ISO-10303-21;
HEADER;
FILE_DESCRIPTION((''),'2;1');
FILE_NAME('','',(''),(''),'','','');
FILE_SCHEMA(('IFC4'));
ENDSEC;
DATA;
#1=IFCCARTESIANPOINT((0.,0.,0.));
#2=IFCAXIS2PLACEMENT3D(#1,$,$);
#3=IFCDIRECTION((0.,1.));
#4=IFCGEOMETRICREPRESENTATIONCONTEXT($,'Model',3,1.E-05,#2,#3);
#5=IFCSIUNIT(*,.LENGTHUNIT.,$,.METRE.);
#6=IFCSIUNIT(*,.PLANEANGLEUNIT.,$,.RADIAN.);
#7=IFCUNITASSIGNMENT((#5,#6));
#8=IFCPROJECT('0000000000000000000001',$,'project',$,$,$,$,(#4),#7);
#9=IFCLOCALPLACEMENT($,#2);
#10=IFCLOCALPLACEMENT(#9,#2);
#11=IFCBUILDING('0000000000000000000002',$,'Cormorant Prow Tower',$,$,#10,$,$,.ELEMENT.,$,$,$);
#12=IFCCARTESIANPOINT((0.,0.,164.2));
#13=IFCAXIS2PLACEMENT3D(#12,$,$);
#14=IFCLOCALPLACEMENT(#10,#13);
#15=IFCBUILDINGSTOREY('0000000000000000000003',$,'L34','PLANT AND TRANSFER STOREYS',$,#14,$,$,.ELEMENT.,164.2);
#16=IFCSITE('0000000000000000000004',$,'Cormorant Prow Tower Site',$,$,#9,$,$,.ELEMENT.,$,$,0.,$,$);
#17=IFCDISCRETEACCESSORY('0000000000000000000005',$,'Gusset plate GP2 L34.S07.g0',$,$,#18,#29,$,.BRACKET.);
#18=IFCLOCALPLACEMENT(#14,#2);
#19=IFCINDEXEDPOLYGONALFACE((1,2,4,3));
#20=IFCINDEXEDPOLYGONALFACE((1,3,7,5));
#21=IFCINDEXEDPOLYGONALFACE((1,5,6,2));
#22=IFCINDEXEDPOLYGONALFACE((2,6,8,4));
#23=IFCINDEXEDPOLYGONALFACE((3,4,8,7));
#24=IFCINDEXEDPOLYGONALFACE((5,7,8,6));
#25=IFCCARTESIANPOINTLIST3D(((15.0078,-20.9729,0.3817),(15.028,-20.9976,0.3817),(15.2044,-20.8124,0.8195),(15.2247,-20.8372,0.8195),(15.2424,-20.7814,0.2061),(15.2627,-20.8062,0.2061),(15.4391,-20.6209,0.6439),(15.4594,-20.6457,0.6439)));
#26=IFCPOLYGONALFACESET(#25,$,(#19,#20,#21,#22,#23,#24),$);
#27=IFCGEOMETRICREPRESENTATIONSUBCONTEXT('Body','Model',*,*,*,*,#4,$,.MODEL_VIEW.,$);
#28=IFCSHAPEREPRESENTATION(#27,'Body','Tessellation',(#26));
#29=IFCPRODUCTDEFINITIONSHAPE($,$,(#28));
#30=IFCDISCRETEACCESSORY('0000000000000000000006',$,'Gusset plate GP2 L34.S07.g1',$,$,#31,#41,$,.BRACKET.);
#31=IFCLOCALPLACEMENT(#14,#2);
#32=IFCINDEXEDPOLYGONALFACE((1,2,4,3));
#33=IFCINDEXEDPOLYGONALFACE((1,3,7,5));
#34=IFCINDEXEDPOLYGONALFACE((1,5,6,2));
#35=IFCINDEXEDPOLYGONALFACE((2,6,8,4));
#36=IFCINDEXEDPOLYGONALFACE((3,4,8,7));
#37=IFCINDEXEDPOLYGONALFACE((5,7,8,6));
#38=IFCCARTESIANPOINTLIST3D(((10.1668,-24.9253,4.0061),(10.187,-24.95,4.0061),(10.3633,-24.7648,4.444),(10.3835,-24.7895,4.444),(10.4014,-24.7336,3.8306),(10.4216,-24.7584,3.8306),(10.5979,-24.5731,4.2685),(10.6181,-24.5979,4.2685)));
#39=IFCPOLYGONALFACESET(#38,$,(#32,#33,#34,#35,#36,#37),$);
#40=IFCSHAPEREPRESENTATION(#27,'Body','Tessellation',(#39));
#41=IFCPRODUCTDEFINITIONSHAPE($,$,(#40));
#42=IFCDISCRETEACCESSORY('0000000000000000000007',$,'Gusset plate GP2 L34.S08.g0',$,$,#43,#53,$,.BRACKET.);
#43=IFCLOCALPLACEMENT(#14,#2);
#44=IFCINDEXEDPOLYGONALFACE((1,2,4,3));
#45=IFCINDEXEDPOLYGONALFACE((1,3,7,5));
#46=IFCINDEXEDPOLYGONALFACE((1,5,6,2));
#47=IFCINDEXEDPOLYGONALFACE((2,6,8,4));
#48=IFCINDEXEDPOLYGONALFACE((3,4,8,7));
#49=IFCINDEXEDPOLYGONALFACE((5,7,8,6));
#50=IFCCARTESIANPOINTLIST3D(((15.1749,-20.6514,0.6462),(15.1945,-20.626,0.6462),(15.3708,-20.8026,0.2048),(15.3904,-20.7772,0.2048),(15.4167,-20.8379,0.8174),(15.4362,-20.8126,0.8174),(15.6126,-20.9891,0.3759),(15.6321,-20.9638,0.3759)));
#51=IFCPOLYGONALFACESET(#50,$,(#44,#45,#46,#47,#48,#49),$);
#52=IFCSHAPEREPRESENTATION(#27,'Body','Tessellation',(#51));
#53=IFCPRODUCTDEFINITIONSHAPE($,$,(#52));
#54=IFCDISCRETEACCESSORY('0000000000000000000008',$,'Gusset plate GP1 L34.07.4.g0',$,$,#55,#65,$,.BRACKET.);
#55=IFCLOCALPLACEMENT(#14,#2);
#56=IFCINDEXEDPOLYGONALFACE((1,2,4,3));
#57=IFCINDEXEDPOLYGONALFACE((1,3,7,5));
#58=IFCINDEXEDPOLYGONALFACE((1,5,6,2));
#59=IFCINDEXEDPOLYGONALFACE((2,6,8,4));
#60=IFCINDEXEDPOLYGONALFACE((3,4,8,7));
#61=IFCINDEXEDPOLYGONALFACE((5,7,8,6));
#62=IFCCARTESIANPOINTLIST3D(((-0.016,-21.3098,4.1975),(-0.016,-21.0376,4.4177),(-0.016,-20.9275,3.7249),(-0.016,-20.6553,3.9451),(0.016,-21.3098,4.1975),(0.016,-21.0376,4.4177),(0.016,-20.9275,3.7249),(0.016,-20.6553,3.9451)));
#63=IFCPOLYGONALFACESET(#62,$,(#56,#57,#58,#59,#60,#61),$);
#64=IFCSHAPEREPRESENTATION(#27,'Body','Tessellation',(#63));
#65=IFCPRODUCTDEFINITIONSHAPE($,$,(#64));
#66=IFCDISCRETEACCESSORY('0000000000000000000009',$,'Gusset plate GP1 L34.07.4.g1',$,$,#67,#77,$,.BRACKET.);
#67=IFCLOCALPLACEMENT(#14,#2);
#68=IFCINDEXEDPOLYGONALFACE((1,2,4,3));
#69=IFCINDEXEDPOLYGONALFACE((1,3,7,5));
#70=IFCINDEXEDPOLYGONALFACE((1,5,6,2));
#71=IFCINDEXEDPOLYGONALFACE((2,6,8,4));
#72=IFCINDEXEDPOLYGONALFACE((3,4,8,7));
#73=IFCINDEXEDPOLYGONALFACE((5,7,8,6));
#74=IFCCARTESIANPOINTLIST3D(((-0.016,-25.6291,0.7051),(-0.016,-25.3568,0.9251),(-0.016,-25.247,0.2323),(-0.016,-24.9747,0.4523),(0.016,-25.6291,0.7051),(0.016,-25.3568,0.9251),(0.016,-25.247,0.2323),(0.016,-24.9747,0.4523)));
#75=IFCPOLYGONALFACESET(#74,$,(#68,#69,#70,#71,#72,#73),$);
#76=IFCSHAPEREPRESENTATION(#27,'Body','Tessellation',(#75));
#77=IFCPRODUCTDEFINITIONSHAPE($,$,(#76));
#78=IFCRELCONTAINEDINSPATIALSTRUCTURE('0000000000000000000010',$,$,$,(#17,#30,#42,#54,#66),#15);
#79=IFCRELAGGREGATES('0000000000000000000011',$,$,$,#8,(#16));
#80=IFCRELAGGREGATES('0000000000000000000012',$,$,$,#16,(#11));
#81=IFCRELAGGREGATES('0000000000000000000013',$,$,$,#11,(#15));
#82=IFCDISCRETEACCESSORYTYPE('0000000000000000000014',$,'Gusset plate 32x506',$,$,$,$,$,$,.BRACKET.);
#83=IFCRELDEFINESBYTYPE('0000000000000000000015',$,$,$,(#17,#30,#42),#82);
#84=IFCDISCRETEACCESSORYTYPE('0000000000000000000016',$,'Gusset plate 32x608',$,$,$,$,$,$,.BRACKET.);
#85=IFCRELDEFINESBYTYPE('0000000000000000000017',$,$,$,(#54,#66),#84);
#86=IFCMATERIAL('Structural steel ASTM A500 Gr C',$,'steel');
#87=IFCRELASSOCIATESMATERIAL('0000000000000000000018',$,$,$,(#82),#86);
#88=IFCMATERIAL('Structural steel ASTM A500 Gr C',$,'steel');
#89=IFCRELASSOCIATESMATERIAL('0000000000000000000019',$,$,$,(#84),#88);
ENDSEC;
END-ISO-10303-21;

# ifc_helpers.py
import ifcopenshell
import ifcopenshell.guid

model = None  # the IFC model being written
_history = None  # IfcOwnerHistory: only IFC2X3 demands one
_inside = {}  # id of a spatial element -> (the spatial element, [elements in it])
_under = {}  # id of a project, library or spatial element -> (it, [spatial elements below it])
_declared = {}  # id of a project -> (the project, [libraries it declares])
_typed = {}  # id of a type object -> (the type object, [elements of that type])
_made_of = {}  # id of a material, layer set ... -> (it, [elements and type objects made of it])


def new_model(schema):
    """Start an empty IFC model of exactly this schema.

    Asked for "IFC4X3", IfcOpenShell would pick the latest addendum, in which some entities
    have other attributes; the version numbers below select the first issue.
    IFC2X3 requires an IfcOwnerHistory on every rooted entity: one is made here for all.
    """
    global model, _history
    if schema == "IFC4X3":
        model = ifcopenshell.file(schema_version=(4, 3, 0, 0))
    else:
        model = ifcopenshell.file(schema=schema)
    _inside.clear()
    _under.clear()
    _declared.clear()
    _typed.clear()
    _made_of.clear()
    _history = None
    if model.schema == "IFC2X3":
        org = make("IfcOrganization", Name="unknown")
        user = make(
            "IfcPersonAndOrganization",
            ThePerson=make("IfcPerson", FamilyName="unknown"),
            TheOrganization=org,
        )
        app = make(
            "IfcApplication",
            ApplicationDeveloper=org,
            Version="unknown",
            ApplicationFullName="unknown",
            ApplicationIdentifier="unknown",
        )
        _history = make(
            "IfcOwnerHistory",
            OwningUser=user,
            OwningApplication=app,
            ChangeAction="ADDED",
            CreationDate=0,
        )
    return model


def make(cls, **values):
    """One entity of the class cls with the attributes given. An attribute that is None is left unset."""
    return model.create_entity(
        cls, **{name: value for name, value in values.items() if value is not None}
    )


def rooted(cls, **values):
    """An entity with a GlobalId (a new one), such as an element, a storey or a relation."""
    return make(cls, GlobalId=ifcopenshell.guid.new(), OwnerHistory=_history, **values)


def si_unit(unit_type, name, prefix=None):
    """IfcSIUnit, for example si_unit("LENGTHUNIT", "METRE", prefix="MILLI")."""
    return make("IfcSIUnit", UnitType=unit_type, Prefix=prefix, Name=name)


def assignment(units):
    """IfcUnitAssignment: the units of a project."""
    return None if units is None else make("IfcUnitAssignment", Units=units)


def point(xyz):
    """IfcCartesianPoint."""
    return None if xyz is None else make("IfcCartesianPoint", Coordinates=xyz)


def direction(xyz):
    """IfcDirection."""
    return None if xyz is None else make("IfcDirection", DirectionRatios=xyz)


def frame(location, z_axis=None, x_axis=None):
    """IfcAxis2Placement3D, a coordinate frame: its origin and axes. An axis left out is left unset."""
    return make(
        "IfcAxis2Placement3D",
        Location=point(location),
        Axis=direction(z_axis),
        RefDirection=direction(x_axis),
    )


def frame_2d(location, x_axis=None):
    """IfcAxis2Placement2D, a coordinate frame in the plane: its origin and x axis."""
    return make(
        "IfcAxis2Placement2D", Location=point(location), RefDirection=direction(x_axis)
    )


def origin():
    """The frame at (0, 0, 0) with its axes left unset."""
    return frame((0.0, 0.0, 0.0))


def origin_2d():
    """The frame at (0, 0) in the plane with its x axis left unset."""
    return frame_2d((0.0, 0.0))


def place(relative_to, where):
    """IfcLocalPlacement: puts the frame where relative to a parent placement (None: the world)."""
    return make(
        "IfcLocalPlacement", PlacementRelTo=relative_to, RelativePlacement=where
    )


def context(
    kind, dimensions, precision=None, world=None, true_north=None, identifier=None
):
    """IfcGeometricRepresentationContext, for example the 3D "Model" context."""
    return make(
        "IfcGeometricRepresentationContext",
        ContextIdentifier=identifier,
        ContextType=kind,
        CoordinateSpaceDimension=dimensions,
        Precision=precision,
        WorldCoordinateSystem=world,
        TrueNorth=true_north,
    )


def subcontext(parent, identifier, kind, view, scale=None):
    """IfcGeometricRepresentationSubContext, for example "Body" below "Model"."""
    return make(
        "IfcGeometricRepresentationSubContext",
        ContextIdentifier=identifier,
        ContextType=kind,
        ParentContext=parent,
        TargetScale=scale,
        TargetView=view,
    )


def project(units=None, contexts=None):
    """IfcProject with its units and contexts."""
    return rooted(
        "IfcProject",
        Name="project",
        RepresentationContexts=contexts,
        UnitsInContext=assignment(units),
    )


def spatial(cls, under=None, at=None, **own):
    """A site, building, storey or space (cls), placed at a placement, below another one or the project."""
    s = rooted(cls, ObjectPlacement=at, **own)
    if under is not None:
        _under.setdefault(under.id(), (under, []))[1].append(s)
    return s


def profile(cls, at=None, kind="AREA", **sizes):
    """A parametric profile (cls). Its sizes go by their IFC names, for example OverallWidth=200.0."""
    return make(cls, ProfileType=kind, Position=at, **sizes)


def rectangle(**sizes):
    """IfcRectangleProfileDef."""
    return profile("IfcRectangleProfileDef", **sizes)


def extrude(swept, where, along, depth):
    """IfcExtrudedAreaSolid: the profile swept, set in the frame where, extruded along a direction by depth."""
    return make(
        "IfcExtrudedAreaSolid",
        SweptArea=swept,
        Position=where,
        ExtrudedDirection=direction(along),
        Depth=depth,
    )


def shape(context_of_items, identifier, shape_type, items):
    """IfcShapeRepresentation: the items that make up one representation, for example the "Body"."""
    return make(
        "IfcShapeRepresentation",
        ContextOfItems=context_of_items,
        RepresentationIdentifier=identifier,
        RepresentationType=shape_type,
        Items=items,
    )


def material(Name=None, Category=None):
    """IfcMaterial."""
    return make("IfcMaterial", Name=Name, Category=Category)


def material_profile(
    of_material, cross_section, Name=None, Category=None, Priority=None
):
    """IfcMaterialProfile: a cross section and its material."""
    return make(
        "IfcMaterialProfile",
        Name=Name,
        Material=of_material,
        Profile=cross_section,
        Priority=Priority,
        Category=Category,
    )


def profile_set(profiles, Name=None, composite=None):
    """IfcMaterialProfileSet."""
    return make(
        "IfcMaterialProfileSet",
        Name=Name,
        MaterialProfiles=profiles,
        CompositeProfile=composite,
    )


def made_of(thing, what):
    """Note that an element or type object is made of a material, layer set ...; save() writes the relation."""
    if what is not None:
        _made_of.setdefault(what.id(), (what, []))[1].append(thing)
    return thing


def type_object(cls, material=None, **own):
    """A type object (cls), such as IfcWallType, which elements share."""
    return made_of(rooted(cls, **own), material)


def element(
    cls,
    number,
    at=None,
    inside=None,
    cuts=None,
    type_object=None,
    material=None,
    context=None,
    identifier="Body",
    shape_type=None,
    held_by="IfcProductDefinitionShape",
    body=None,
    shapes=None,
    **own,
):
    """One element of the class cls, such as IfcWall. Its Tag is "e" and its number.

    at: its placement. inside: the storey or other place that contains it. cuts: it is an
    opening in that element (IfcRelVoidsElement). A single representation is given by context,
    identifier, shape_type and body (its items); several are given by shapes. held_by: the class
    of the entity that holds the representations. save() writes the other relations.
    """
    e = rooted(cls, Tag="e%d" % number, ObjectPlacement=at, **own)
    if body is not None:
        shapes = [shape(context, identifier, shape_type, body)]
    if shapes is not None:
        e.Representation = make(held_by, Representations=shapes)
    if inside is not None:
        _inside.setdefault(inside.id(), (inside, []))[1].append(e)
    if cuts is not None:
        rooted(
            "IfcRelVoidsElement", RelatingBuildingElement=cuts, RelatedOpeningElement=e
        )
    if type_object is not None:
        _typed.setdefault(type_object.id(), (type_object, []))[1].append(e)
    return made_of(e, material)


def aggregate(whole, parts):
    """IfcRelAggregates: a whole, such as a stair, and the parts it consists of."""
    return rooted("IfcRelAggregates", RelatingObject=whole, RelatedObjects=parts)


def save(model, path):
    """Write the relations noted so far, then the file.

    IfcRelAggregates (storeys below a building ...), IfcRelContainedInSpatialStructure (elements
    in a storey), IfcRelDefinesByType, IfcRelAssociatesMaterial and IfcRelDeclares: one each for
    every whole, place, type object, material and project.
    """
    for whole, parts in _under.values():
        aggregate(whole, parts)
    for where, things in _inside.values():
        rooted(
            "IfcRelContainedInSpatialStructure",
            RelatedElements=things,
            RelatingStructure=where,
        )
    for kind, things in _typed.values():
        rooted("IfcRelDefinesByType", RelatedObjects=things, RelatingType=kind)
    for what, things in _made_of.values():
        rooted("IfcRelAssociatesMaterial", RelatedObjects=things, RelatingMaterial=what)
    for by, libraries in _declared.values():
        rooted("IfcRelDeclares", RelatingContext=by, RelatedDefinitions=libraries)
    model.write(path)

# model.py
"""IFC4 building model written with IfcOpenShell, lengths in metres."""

from ifc_helpers import new_model, si_unit, direction, frame, origin, origin_2d, place, context, subcontext, project, spatial, rectangle, extrude, material, material_profile, profile_set, type_object, element, save


model = new_model("IFC4")

# Units and contexts
model_context = context("Model", 3, precision=1e-05, world=origin(), true_north=direction((0.0, 1.0)))
body_context = subcontext(model_context, "Body", "Model", "MODEL_VIEW")
ifc_project = project(units=[si_unit("LENGTHUNIT", "METRE"), si_unit("PLANEANGLEUNIT", "RADIAN")], contexts=[model_context])

# Site, building, storey
site_placement = place(None, origin())
site = spatial("IfcSite", under=ifc_project, at=site_placement, Name="Cormorant Prow Tower Site", CompositionType="ELEMENT", RefElevation=0.0)
building_placement = place(site_placement, origin())
building = spatial("IfcBuilding", under=site, at=building_placement, Name="Cormorant Prow Tower", CompositionType="ELEMENT")
storey_placement = place(building_placement, frame((0.0, 0.0, 164.2)))
storey = spatial("IfcBuildingStorey", under=building, at=storey_placement, Name="L34", Description="PLANT AND TRANSFER STOREYS", CompositionType="ELEMENT", Elevation=164.2)

# Discrete accessories
ifc_material_1 = material(Name="Structural steel ASTM A500 Gr C", Category="steel")
ifc_material_profile_1 = material_profile(ifc_material_1, rectangle(XDim=0.032, YDim=0.5061, at=origin_2d()), Name="Gusset plate 32x506")
ifc_profile_set_1 = profile_set([ifc_material_profile_1], Name="Structural steel ASTM A500 Gr C")
discrete_accessory_type_1 = type_object("IfcDiscreteAccessoryType", Name="Gusset plate 32x506", PredefinedType="BRACKET", material=ifc_profile_set_1)
for number, where, z_axis, x_axis, name in (
    (1, (15.1162, -20.905, 0.6006), (0.670352, 0.546884, -0.501543), (-0.632139, 0.774855, 0.0), "Gusset plate GP2 L34.S07.g0"),
    (2, (10.5098, -24.6658, 4.0496), (-0.670096, -0.547373, 0.501352), (0.632623, -0.77446, 0.0), "Gusset plate GP2 L34.S07.g1"),
    (3, (15.5244, -20.9009, 0.5967), (-0.690571, 0.532926, -0.48898), (-0.610947, -0.791672, 0.0), "Gusset plate GP2 L34.S08.g0"),
):
    element("IfcDiscreteAccessory", number, at=place(storey_placement, frame(where, z_axis=z_axis, x_axis=x_axis)), inside=storey, type_object=discrete_accessory_type_1, Name=name, PredefinedType="BRACKET", context=body_context, shape_type="SweptSolid", body=[
        extrude(rectangle(XDim=0.032, YDim=0.5061, at=origin_2d()), origin(), (0.0, 0.0, 1.0), 0.3501),
    ])
ifc_material_2 = material(Name="Structural steel ASTM A500 Gr C", Category="steel")
ifc_material_profile_2 = material_profile(ifc_material_2, rectangle(XDim=0.032, YDim=0.6079, at=origin_2d()), Name="Gusset plate 32x608")
ifc_profile_set_2 = profile_set([ifc_material_profile_2], Name="Structural steel ASTM A500 Gr C")
discrete_accessory_type_2 = type_object("IfcDiscreteAccessoryType", Name="Gusset plate 32x608", PredefinedType="BRACKET", material=ifc_profile_set_2)
for number, where, z_axis, x_axis, name in (
    (4, (0.0, -21.1187, 3.9612), (0.0, 0.777456, 0.628937), (-1.0, 0.0, 0.0), "Gusset plate GP1 L34.07.4.g0"),
    (5, (0.0, -25.1658, 0.6887), (0.0, -0.777797, -0.628516), (1.0, 0.0, 0.0), "Gusset plate GP1 L34.07.4.g1"),
):
    element("IfcDiscreteAccessory", number, at=place(storey_placement, frame(where, z_axis=z_axis, x_axis=x_axis)), inside=storey, type_object=discrete_accessory_type_2, Name=name, PredefinedType="BRACKET", context=body_context, shape_type="SweptSolid", body=[
        extrude(rectangle(XDim=0.032, YDim=0.6079, at=origin_2d()), origin(), (0.0, 0.0, 1.0), 0.3501),
    ])

save(model, "model.ifc")
